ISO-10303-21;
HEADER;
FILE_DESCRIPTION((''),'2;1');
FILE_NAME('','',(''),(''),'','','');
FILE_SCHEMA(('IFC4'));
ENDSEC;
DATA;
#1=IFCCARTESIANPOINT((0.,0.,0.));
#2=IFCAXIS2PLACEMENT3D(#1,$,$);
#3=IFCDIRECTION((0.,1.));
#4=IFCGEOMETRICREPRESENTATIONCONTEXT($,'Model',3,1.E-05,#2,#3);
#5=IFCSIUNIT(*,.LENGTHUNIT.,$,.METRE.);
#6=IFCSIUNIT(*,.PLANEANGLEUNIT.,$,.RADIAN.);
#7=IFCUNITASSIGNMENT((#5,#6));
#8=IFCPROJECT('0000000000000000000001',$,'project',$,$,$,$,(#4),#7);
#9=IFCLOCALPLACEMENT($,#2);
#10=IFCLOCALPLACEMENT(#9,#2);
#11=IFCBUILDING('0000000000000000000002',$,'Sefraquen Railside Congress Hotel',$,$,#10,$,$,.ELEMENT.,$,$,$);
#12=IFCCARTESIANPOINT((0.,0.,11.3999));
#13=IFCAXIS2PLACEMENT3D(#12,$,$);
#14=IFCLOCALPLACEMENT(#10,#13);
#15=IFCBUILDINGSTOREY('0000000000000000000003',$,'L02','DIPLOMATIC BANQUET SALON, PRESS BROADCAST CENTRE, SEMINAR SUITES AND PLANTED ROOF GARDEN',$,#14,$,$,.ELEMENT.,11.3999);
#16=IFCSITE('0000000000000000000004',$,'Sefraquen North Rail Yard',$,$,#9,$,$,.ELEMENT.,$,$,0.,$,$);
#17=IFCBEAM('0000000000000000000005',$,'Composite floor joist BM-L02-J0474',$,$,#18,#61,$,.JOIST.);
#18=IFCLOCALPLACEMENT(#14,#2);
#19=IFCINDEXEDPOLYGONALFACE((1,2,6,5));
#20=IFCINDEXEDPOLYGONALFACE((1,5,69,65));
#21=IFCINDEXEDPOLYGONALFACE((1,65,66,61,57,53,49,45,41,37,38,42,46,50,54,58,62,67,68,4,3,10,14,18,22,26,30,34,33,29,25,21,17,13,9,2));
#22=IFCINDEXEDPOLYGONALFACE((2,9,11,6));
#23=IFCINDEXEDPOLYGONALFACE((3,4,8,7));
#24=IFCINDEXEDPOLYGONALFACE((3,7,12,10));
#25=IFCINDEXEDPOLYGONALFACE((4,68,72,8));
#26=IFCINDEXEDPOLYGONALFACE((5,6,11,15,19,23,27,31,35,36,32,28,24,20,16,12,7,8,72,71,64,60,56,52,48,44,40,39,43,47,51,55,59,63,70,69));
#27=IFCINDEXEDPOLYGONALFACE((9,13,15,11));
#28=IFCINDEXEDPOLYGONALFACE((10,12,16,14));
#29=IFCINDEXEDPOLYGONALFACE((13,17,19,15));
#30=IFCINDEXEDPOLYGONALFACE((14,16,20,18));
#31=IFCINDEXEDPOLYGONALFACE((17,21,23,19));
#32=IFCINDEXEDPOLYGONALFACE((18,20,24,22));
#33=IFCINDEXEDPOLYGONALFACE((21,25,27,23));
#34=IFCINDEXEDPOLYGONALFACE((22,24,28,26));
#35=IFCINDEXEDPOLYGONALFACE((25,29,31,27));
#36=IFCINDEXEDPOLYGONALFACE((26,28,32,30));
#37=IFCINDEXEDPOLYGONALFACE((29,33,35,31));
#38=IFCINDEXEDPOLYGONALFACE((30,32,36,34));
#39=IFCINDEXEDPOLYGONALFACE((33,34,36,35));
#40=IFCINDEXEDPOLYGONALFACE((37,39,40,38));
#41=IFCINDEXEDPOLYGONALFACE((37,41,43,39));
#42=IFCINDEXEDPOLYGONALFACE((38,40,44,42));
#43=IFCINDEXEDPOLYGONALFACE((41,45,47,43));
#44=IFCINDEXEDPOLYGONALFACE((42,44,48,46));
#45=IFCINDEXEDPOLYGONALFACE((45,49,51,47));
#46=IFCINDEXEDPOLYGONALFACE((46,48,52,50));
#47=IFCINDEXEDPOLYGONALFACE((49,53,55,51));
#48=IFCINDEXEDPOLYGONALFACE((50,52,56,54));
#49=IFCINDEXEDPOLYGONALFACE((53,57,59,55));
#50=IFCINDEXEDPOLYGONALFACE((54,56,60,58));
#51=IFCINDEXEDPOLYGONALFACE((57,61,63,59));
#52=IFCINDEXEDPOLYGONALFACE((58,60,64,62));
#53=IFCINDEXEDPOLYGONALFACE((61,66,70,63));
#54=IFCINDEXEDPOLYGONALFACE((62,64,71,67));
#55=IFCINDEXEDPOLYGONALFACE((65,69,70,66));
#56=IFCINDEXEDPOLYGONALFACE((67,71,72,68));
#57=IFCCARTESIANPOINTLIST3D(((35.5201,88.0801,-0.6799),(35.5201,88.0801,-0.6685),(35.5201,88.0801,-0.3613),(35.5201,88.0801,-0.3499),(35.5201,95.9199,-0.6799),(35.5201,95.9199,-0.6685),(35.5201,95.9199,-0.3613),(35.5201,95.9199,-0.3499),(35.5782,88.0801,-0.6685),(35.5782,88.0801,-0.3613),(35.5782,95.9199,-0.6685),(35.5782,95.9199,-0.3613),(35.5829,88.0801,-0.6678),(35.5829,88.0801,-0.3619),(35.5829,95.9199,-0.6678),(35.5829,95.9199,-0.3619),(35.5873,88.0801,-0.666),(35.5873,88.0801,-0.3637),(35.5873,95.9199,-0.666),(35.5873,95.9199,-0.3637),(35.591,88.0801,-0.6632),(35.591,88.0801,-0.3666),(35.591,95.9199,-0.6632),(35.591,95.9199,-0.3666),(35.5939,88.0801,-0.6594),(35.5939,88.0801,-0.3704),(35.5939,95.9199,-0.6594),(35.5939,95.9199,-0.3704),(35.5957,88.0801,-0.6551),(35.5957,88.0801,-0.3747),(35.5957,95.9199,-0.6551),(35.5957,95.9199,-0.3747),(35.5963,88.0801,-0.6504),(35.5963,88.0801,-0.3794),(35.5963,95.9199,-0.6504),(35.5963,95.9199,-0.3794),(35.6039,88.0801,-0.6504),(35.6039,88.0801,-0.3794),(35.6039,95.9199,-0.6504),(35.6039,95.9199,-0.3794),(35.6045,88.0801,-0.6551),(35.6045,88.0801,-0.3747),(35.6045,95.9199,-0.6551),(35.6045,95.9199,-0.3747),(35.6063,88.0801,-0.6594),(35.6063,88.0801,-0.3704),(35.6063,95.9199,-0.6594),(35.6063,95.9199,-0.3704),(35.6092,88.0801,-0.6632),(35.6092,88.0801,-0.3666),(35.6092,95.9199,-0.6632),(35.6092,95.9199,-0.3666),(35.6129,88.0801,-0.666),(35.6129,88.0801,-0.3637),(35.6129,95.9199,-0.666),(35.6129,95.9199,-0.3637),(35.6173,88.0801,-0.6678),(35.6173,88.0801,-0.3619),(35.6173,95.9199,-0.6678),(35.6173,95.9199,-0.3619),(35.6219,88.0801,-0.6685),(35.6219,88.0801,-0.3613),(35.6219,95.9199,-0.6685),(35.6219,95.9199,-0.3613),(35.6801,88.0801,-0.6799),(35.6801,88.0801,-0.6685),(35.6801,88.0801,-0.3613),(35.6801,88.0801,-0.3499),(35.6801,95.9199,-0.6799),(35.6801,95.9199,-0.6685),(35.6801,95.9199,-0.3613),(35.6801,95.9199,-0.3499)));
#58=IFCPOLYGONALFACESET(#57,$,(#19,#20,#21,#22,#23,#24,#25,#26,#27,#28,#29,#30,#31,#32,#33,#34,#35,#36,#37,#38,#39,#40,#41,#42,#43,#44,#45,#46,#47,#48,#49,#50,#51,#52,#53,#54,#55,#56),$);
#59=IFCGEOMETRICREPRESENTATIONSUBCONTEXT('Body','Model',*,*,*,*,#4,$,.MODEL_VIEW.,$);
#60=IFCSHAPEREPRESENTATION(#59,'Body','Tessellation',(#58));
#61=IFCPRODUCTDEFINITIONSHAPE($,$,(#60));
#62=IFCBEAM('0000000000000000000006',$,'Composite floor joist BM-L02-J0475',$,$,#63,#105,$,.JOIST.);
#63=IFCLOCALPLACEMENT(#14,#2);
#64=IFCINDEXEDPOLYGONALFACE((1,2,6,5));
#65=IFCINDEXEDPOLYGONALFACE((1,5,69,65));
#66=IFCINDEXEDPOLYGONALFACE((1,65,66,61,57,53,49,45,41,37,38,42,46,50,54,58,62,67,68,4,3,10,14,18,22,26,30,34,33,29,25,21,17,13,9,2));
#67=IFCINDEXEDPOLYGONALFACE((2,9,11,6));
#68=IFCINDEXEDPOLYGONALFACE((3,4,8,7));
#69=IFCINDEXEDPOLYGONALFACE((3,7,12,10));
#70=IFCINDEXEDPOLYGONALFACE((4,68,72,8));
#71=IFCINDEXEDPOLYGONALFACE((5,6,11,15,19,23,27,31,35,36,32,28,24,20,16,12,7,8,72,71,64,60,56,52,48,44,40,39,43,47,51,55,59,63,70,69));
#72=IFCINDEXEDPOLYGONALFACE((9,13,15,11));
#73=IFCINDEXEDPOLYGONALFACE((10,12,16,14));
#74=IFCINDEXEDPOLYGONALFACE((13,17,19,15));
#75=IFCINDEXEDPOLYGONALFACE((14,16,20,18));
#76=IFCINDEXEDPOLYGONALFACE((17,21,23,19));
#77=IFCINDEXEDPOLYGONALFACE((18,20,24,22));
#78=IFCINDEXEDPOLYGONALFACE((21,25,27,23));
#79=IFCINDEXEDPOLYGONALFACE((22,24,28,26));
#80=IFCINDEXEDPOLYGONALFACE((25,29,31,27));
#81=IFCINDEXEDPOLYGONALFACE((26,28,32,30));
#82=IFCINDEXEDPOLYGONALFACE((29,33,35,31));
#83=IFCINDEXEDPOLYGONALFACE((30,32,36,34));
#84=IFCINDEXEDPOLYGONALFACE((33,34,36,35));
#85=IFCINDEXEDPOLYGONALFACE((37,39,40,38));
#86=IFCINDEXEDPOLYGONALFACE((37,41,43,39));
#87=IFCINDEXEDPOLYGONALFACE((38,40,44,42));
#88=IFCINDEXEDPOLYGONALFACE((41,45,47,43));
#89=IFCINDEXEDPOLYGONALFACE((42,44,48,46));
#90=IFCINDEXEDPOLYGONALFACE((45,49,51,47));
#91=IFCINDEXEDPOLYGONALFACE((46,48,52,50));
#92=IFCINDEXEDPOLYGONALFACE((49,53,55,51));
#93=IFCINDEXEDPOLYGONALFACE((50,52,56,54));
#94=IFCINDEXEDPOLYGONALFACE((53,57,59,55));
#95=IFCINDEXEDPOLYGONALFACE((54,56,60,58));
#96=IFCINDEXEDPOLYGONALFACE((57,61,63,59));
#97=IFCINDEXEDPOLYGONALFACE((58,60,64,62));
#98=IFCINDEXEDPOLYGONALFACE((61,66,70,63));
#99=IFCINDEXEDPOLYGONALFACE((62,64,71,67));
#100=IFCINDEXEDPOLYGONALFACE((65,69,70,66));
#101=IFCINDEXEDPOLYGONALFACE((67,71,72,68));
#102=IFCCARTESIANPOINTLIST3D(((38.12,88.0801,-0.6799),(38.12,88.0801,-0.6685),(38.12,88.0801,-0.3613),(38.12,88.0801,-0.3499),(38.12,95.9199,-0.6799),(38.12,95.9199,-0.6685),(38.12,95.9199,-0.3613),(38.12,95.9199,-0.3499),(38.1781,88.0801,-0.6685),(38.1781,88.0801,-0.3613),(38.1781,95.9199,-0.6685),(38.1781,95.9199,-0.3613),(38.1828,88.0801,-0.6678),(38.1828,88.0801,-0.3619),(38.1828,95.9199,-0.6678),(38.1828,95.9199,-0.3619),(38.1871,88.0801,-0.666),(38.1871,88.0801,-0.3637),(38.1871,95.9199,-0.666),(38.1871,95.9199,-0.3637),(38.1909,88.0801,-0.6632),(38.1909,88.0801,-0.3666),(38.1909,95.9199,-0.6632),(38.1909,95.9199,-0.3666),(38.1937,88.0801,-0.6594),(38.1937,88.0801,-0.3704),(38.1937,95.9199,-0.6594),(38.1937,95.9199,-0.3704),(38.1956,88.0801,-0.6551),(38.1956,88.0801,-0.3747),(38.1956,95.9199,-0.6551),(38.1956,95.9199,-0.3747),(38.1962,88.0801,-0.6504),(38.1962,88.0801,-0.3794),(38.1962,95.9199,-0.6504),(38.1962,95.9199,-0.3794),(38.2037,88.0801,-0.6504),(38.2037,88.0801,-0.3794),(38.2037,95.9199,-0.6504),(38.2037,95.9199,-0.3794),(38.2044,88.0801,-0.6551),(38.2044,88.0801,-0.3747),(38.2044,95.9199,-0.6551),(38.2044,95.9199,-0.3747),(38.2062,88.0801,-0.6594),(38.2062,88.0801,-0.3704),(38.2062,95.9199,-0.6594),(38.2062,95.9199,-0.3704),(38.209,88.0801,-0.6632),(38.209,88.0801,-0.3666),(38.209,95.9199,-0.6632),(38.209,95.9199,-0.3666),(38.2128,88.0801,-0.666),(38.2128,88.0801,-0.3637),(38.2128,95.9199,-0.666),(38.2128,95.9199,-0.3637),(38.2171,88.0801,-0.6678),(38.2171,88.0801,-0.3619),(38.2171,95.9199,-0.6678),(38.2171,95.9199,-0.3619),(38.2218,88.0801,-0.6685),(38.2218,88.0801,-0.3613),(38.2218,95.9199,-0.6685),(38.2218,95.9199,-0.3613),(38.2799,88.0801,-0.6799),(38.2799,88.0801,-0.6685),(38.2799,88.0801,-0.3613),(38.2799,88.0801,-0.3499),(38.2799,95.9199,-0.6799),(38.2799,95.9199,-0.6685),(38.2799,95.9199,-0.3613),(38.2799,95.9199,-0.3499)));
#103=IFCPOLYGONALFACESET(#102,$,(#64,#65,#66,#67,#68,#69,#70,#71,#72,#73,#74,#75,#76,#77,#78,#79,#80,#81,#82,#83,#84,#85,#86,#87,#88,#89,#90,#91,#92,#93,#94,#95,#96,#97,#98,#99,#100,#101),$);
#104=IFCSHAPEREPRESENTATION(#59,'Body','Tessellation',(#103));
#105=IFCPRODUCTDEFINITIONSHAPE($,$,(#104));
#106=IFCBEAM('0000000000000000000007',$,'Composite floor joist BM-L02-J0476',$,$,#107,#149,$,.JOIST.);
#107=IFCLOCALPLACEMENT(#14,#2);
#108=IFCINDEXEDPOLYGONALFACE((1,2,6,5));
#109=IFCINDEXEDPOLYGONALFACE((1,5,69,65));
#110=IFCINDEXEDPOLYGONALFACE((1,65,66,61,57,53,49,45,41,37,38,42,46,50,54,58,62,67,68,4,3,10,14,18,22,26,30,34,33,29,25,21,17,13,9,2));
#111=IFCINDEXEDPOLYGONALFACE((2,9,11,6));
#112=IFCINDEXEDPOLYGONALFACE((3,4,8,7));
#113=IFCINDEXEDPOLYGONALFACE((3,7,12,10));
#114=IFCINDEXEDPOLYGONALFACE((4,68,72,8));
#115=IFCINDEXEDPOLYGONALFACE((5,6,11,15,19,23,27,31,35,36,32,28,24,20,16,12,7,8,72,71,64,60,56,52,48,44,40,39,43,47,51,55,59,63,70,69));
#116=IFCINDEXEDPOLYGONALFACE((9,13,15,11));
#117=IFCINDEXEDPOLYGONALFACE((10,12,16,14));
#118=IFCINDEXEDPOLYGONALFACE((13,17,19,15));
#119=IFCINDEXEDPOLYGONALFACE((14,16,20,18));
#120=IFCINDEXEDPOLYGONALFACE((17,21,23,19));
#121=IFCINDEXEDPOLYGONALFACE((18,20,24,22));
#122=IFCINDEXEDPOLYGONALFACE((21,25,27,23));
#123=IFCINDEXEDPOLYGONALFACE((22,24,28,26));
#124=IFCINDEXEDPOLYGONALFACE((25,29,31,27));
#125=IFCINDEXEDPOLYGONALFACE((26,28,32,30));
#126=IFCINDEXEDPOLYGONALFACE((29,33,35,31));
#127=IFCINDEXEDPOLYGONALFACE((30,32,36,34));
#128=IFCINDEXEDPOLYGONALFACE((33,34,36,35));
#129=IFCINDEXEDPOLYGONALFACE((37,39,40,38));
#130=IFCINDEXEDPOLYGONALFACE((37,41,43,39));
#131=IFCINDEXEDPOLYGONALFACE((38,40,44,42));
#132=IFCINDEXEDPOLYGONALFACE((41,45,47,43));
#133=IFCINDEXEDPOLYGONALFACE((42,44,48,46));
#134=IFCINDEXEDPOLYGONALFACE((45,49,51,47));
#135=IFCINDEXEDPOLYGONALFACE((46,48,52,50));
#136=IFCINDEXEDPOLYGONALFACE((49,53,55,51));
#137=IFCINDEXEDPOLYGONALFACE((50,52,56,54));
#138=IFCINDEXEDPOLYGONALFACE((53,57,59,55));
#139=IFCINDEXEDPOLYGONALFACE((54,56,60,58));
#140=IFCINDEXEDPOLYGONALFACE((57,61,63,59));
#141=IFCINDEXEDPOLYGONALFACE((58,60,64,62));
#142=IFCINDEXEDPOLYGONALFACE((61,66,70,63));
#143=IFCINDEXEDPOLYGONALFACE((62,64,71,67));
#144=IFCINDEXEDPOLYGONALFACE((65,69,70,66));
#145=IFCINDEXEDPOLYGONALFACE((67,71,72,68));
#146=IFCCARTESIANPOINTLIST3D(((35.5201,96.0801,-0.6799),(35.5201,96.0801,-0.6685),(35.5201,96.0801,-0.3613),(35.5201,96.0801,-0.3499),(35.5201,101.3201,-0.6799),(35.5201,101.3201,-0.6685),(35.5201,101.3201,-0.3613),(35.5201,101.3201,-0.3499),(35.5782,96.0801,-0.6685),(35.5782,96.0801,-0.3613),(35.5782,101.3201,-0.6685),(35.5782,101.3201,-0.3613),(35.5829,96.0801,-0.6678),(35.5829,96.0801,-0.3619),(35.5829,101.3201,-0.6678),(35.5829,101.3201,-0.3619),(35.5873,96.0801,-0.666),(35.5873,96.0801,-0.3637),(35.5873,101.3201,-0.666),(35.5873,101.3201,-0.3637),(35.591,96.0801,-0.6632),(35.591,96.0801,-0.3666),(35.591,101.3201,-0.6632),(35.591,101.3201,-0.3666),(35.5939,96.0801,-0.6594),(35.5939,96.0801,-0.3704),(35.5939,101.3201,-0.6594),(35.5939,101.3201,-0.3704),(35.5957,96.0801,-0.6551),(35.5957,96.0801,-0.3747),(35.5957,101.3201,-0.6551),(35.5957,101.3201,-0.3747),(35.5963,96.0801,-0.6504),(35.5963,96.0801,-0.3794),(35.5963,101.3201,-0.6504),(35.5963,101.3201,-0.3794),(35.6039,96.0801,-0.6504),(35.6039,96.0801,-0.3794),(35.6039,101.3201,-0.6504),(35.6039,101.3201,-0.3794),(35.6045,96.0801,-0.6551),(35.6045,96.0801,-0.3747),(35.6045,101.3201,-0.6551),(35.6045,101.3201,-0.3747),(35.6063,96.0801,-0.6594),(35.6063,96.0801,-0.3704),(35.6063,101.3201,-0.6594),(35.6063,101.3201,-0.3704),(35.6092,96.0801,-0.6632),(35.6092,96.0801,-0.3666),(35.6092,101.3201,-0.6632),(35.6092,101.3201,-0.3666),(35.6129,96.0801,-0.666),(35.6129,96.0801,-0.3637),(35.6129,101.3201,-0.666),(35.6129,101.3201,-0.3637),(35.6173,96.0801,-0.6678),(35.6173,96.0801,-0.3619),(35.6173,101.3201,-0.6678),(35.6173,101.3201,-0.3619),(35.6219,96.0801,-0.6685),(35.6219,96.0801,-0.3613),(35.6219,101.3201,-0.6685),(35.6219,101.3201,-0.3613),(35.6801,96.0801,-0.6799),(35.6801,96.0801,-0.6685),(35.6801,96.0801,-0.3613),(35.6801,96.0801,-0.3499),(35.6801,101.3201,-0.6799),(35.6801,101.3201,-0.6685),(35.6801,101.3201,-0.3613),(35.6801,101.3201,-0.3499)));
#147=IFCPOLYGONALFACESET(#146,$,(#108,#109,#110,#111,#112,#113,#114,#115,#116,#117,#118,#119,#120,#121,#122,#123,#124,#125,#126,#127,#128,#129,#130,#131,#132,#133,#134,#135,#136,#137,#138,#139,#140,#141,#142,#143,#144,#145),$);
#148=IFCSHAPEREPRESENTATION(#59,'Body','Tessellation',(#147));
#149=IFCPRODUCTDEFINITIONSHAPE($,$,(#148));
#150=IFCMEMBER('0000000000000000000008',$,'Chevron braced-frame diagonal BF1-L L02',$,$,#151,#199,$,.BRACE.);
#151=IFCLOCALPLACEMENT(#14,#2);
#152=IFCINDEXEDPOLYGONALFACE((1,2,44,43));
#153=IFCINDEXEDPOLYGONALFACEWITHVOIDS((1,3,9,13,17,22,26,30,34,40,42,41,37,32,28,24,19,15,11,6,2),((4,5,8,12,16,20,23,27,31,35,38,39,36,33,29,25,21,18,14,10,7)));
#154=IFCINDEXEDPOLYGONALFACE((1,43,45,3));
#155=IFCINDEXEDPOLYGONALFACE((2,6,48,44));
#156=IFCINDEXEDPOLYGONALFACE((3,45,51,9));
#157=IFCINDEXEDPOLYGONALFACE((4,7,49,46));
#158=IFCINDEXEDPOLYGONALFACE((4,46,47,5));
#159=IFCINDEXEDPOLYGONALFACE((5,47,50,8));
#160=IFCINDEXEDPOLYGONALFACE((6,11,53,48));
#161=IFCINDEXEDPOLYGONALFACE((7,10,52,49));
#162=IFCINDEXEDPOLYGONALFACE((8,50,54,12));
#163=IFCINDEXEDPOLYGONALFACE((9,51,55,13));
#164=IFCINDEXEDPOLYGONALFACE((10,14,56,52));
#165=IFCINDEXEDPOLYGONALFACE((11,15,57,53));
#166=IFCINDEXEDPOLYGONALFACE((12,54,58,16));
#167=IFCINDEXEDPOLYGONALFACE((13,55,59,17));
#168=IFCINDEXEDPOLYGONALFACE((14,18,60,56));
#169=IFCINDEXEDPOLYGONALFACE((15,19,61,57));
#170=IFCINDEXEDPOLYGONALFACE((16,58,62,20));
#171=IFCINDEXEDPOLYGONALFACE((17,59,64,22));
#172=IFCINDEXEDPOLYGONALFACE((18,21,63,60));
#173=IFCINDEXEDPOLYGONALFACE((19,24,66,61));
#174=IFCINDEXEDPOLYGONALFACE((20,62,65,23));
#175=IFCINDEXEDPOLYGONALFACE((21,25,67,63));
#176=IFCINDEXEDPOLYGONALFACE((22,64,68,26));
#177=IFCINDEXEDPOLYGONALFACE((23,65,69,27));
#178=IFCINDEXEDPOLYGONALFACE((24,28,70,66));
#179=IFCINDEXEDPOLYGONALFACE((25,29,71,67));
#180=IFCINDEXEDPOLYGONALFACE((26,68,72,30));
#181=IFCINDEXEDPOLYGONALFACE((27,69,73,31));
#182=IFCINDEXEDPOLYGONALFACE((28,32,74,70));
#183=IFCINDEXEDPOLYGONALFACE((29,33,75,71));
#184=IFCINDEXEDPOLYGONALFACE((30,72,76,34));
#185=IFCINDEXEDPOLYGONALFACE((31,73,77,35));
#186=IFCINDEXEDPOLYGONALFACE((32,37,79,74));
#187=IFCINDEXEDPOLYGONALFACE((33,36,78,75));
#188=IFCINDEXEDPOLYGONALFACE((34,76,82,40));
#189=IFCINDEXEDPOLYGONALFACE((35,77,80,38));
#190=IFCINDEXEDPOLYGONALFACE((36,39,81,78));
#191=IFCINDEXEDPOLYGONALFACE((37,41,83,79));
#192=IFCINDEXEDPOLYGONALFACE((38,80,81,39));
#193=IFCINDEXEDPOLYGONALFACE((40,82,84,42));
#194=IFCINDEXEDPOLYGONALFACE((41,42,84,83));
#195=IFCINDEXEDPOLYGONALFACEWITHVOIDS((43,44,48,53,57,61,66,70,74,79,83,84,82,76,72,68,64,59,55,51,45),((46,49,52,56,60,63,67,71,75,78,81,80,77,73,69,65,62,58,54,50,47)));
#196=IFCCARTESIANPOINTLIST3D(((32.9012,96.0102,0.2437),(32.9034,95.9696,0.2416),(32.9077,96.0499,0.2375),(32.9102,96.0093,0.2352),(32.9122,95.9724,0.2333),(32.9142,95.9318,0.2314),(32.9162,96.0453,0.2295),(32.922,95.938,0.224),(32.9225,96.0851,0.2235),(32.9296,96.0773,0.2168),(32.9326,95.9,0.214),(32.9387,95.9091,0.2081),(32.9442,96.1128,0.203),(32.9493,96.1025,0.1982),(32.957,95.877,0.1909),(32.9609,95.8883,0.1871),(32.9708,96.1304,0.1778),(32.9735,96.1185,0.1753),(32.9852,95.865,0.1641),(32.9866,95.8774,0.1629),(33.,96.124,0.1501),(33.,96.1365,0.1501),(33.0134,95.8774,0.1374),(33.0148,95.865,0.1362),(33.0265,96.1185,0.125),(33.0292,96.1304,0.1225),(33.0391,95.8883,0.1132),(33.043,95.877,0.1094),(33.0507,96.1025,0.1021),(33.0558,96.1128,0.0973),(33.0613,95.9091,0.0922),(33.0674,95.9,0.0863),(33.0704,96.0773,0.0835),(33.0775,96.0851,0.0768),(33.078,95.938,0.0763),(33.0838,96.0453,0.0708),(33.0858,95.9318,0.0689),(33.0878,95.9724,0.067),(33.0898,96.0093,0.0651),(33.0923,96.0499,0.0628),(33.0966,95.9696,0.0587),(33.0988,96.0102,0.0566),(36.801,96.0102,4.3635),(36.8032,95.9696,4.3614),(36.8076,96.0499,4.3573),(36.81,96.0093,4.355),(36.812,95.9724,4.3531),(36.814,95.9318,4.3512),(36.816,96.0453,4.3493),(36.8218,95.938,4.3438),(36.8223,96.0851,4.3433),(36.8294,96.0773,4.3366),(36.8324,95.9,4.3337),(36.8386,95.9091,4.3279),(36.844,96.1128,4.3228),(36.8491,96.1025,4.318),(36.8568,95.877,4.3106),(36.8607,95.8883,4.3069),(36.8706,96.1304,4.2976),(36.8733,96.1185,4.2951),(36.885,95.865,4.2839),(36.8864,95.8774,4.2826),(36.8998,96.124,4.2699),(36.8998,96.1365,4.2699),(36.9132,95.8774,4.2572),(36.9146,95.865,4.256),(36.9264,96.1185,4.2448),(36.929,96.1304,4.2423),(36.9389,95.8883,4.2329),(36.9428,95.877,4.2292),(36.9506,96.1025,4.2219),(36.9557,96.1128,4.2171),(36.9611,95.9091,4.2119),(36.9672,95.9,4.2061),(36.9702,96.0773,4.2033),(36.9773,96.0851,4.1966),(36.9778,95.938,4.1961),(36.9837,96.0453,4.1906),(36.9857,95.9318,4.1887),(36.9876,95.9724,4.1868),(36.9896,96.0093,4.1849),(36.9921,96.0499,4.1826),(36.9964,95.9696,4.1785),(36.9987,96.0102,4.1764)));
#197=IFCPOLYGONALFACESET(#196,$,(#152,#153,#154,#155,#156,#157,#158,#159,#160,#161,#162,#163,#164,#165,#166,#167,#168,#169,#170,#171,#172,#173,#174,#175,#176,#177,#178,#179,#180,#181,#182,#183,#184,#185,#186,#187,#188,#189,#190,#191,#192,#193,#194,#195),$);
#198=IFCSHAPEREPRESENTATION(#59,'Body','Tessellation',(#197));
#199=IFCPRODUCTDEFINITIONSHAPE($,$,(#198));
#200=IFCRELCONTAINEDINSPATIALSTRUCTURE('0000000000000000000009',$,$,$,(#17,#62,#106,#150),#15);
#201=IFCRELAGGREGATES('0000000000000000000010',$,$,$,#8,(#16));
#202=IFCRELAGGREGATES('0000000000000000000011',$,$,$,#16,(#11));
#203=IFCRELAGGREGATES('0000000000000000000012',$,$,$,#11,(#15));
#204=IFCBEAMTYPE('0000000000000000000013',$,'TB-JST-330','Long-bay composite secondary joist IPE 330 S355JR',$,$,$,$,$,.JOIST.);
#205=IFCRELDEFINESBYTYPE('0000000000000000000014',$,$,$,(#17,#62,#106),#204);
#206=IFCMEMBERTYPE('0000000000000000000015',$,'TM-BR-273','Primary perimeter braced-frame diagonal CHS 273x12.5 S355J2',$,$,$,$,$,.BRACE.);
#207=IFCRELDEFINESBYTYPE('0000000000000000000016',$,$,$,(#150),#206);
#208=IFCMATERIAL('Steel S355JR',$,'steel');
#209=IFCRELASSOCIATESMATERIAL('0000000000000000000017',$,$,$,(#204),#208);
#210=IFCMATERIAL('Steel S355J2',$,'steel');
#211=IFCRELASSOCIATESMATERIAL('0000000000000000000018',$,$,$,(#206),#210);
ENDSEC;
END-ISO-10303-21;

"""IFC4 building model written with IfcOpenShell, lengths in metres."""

from ifc_helpers import new_model, si_unit, direction, frame, origin, origin_2d, place, context, subcontext, project, spatial, hollow_circle, i_section, extrude, material, material_profile, profile_set, type_object, element, save


model = new_model("IFC4")

# Units and contexts
model_context = context("Model", 3, precision=1e-05, world=origin(), true_north=direction((0.0, 1.0)))
body_context = subcontext(model_context, "Body", "Model", "MODEL_VIEW")
ifc_project = project(units=[si_unit("LENGTHUNIT", "METRE"), si_unit("PLANEANGLEUNIT", "RADIAN")], contexts=[model_context])

# Site, building, storey
site_placement = place(None, origin())
site = spatial("IfcSite", under=ifc_project, at=site_placement, Name="Sefraquen North Rail Yard", CompositionType="ELEMENT", RefElevation=0.0)
building_placement = place(site_placement, origin())
building = spatial("IfcBuilding", under=site, at=building_placement, Name="Sefraquen Railside Congress Hotel", CompositionType="ELEMENT")
storey_placement = place(building_placement, frame((0.0, 0.0, 11.3999)))
storey = spatial("IfcBuildingStorey", under=building, at=storey_placement, Name="L02", Description="DIPLOMATIC BANQUET SALON, PRESS BROADCAST CENTRE, SEMINAR SUITES AND PLANTED ROOF GARDEN", CompositionType="ELEMENT", Elevation=11.3999)

# Shared definitions
ifc_material_1 = material(Name="Steel S355JR", Category="steel")

# Beams
ifc_material_profile_1 = material_profile(ifc_material_1, i_section(OverallWidth=0.1599, OverallDepth=0.3301, WebThickness=0.0076, FlangeThickness=0.0115, FilletRadius=0.0181, at=origin_2d()), Name="IPE 330")
ifc_profile_set_1 = profile_set([ifc_material_profile_1], Name="Steel S355JR")
beam_type_1 = type_object("IfcBeamType", Name="TB-JST-330", Description="Long-bay composite secondary joist IPE 330 S355JR", PredefinedType="JOIST", material=ifc_profile_set_1)
for number, where, z_axis, x_axis, name in (
    (1, (35.6001, 88.0801, -0.5149), (0.0, 1.0, 0.0), (-1.0, 0.0, 0.0), "Composite floor joist BM-L02-J0474"),
    (2, (38.2, 88.0801, -0.5149), (0.0, 1.0, 0.0), (-1.0, 0.0, 0.0), "Composite floor joist BM-L02-J0475"),
):
    element("IfcBeam", number, at=place(storey_placement, frame(where, z_axis=z_axis, x_axis=x_axis)), inside=storey, type_object=beam_type_1, Name=name, PredefinedType="JOIST", context=body_context, shape_type="SweptSolid", body=[
        extrude(i_section(OverallWidth=0.1599, OverallDepth=0.3301, WebThickness=0.0076, FlangeThickness=0.0115, FilletRadius=0.0181, at=origin_2d()), origin(), (0.0, 0.0, 1.0), 7.8398),
    ])
beam_1_placement = place(storey_placement, frame((35.6001, 96.0801, -0.5149), z_axis=(0.0, 1.0, 0.0), x_axis=(-1.0, 0.0, 0.0)))
element("IfcBeam", 3, at=beam_1_placement, inside=storey, type_object=beam_type_1, Name="Composite floor joist BM-L02-J0476", PredefinedType="JOIST", context=body_context, shape_type="SweptSolid", body=[
    extrude(i_section(OverallWidth=0.1599, OverallDepth=0.3301, WebThickness=0.0076, FlangeThickness=0.0115, FilletRadius=0.0181, at=origin_2d()), origin(), (0.0, 0.0, 1.0), 5.24),
])

# Member
ifc_material_2 = material(Name="Steel S355J2", Category="steel")
ifc_material_profile_2 = material_profile(ifc_material_2, hollow_circle(Radius=0.1365, WallThickness=0.0125, at=origin_2d()), Name="CHS 273x12.5")
ifc_profile_set_2 = profile_set([ifc_material_profile_2], Name="Steel S355J2")
member_type = type_object("IfcMemberType", Name="TM-BR-273", Description="Primary perimeter braced-frame diagonal CHS 273x12.5 S355J2", PredefinedType="BRACE", material=ifc_profile_set_2)
member_placement = place(storey_placement, frame((33.0, 96.0, 0.1501), z_axis=(0.687453, 0.0, 0.726229), x_axis=(0.0, 1.0, 0.0)))
element("IfcMember", 4, at=member_placement, inside=storey, type_object=member_type, Name="Chevron braced-frame diagonal BF1-L L02", PredefinedType="BRACE", context=body_context, shape_type="SweptSolid", body=[
    extrude(hollow_circle(Radius=0.1365, WallThickness=0.0125, at=origin_2d()), origin(), (0.0, 0.0, 1.0), 5.6729),
])

save(model, "model.ifc")
